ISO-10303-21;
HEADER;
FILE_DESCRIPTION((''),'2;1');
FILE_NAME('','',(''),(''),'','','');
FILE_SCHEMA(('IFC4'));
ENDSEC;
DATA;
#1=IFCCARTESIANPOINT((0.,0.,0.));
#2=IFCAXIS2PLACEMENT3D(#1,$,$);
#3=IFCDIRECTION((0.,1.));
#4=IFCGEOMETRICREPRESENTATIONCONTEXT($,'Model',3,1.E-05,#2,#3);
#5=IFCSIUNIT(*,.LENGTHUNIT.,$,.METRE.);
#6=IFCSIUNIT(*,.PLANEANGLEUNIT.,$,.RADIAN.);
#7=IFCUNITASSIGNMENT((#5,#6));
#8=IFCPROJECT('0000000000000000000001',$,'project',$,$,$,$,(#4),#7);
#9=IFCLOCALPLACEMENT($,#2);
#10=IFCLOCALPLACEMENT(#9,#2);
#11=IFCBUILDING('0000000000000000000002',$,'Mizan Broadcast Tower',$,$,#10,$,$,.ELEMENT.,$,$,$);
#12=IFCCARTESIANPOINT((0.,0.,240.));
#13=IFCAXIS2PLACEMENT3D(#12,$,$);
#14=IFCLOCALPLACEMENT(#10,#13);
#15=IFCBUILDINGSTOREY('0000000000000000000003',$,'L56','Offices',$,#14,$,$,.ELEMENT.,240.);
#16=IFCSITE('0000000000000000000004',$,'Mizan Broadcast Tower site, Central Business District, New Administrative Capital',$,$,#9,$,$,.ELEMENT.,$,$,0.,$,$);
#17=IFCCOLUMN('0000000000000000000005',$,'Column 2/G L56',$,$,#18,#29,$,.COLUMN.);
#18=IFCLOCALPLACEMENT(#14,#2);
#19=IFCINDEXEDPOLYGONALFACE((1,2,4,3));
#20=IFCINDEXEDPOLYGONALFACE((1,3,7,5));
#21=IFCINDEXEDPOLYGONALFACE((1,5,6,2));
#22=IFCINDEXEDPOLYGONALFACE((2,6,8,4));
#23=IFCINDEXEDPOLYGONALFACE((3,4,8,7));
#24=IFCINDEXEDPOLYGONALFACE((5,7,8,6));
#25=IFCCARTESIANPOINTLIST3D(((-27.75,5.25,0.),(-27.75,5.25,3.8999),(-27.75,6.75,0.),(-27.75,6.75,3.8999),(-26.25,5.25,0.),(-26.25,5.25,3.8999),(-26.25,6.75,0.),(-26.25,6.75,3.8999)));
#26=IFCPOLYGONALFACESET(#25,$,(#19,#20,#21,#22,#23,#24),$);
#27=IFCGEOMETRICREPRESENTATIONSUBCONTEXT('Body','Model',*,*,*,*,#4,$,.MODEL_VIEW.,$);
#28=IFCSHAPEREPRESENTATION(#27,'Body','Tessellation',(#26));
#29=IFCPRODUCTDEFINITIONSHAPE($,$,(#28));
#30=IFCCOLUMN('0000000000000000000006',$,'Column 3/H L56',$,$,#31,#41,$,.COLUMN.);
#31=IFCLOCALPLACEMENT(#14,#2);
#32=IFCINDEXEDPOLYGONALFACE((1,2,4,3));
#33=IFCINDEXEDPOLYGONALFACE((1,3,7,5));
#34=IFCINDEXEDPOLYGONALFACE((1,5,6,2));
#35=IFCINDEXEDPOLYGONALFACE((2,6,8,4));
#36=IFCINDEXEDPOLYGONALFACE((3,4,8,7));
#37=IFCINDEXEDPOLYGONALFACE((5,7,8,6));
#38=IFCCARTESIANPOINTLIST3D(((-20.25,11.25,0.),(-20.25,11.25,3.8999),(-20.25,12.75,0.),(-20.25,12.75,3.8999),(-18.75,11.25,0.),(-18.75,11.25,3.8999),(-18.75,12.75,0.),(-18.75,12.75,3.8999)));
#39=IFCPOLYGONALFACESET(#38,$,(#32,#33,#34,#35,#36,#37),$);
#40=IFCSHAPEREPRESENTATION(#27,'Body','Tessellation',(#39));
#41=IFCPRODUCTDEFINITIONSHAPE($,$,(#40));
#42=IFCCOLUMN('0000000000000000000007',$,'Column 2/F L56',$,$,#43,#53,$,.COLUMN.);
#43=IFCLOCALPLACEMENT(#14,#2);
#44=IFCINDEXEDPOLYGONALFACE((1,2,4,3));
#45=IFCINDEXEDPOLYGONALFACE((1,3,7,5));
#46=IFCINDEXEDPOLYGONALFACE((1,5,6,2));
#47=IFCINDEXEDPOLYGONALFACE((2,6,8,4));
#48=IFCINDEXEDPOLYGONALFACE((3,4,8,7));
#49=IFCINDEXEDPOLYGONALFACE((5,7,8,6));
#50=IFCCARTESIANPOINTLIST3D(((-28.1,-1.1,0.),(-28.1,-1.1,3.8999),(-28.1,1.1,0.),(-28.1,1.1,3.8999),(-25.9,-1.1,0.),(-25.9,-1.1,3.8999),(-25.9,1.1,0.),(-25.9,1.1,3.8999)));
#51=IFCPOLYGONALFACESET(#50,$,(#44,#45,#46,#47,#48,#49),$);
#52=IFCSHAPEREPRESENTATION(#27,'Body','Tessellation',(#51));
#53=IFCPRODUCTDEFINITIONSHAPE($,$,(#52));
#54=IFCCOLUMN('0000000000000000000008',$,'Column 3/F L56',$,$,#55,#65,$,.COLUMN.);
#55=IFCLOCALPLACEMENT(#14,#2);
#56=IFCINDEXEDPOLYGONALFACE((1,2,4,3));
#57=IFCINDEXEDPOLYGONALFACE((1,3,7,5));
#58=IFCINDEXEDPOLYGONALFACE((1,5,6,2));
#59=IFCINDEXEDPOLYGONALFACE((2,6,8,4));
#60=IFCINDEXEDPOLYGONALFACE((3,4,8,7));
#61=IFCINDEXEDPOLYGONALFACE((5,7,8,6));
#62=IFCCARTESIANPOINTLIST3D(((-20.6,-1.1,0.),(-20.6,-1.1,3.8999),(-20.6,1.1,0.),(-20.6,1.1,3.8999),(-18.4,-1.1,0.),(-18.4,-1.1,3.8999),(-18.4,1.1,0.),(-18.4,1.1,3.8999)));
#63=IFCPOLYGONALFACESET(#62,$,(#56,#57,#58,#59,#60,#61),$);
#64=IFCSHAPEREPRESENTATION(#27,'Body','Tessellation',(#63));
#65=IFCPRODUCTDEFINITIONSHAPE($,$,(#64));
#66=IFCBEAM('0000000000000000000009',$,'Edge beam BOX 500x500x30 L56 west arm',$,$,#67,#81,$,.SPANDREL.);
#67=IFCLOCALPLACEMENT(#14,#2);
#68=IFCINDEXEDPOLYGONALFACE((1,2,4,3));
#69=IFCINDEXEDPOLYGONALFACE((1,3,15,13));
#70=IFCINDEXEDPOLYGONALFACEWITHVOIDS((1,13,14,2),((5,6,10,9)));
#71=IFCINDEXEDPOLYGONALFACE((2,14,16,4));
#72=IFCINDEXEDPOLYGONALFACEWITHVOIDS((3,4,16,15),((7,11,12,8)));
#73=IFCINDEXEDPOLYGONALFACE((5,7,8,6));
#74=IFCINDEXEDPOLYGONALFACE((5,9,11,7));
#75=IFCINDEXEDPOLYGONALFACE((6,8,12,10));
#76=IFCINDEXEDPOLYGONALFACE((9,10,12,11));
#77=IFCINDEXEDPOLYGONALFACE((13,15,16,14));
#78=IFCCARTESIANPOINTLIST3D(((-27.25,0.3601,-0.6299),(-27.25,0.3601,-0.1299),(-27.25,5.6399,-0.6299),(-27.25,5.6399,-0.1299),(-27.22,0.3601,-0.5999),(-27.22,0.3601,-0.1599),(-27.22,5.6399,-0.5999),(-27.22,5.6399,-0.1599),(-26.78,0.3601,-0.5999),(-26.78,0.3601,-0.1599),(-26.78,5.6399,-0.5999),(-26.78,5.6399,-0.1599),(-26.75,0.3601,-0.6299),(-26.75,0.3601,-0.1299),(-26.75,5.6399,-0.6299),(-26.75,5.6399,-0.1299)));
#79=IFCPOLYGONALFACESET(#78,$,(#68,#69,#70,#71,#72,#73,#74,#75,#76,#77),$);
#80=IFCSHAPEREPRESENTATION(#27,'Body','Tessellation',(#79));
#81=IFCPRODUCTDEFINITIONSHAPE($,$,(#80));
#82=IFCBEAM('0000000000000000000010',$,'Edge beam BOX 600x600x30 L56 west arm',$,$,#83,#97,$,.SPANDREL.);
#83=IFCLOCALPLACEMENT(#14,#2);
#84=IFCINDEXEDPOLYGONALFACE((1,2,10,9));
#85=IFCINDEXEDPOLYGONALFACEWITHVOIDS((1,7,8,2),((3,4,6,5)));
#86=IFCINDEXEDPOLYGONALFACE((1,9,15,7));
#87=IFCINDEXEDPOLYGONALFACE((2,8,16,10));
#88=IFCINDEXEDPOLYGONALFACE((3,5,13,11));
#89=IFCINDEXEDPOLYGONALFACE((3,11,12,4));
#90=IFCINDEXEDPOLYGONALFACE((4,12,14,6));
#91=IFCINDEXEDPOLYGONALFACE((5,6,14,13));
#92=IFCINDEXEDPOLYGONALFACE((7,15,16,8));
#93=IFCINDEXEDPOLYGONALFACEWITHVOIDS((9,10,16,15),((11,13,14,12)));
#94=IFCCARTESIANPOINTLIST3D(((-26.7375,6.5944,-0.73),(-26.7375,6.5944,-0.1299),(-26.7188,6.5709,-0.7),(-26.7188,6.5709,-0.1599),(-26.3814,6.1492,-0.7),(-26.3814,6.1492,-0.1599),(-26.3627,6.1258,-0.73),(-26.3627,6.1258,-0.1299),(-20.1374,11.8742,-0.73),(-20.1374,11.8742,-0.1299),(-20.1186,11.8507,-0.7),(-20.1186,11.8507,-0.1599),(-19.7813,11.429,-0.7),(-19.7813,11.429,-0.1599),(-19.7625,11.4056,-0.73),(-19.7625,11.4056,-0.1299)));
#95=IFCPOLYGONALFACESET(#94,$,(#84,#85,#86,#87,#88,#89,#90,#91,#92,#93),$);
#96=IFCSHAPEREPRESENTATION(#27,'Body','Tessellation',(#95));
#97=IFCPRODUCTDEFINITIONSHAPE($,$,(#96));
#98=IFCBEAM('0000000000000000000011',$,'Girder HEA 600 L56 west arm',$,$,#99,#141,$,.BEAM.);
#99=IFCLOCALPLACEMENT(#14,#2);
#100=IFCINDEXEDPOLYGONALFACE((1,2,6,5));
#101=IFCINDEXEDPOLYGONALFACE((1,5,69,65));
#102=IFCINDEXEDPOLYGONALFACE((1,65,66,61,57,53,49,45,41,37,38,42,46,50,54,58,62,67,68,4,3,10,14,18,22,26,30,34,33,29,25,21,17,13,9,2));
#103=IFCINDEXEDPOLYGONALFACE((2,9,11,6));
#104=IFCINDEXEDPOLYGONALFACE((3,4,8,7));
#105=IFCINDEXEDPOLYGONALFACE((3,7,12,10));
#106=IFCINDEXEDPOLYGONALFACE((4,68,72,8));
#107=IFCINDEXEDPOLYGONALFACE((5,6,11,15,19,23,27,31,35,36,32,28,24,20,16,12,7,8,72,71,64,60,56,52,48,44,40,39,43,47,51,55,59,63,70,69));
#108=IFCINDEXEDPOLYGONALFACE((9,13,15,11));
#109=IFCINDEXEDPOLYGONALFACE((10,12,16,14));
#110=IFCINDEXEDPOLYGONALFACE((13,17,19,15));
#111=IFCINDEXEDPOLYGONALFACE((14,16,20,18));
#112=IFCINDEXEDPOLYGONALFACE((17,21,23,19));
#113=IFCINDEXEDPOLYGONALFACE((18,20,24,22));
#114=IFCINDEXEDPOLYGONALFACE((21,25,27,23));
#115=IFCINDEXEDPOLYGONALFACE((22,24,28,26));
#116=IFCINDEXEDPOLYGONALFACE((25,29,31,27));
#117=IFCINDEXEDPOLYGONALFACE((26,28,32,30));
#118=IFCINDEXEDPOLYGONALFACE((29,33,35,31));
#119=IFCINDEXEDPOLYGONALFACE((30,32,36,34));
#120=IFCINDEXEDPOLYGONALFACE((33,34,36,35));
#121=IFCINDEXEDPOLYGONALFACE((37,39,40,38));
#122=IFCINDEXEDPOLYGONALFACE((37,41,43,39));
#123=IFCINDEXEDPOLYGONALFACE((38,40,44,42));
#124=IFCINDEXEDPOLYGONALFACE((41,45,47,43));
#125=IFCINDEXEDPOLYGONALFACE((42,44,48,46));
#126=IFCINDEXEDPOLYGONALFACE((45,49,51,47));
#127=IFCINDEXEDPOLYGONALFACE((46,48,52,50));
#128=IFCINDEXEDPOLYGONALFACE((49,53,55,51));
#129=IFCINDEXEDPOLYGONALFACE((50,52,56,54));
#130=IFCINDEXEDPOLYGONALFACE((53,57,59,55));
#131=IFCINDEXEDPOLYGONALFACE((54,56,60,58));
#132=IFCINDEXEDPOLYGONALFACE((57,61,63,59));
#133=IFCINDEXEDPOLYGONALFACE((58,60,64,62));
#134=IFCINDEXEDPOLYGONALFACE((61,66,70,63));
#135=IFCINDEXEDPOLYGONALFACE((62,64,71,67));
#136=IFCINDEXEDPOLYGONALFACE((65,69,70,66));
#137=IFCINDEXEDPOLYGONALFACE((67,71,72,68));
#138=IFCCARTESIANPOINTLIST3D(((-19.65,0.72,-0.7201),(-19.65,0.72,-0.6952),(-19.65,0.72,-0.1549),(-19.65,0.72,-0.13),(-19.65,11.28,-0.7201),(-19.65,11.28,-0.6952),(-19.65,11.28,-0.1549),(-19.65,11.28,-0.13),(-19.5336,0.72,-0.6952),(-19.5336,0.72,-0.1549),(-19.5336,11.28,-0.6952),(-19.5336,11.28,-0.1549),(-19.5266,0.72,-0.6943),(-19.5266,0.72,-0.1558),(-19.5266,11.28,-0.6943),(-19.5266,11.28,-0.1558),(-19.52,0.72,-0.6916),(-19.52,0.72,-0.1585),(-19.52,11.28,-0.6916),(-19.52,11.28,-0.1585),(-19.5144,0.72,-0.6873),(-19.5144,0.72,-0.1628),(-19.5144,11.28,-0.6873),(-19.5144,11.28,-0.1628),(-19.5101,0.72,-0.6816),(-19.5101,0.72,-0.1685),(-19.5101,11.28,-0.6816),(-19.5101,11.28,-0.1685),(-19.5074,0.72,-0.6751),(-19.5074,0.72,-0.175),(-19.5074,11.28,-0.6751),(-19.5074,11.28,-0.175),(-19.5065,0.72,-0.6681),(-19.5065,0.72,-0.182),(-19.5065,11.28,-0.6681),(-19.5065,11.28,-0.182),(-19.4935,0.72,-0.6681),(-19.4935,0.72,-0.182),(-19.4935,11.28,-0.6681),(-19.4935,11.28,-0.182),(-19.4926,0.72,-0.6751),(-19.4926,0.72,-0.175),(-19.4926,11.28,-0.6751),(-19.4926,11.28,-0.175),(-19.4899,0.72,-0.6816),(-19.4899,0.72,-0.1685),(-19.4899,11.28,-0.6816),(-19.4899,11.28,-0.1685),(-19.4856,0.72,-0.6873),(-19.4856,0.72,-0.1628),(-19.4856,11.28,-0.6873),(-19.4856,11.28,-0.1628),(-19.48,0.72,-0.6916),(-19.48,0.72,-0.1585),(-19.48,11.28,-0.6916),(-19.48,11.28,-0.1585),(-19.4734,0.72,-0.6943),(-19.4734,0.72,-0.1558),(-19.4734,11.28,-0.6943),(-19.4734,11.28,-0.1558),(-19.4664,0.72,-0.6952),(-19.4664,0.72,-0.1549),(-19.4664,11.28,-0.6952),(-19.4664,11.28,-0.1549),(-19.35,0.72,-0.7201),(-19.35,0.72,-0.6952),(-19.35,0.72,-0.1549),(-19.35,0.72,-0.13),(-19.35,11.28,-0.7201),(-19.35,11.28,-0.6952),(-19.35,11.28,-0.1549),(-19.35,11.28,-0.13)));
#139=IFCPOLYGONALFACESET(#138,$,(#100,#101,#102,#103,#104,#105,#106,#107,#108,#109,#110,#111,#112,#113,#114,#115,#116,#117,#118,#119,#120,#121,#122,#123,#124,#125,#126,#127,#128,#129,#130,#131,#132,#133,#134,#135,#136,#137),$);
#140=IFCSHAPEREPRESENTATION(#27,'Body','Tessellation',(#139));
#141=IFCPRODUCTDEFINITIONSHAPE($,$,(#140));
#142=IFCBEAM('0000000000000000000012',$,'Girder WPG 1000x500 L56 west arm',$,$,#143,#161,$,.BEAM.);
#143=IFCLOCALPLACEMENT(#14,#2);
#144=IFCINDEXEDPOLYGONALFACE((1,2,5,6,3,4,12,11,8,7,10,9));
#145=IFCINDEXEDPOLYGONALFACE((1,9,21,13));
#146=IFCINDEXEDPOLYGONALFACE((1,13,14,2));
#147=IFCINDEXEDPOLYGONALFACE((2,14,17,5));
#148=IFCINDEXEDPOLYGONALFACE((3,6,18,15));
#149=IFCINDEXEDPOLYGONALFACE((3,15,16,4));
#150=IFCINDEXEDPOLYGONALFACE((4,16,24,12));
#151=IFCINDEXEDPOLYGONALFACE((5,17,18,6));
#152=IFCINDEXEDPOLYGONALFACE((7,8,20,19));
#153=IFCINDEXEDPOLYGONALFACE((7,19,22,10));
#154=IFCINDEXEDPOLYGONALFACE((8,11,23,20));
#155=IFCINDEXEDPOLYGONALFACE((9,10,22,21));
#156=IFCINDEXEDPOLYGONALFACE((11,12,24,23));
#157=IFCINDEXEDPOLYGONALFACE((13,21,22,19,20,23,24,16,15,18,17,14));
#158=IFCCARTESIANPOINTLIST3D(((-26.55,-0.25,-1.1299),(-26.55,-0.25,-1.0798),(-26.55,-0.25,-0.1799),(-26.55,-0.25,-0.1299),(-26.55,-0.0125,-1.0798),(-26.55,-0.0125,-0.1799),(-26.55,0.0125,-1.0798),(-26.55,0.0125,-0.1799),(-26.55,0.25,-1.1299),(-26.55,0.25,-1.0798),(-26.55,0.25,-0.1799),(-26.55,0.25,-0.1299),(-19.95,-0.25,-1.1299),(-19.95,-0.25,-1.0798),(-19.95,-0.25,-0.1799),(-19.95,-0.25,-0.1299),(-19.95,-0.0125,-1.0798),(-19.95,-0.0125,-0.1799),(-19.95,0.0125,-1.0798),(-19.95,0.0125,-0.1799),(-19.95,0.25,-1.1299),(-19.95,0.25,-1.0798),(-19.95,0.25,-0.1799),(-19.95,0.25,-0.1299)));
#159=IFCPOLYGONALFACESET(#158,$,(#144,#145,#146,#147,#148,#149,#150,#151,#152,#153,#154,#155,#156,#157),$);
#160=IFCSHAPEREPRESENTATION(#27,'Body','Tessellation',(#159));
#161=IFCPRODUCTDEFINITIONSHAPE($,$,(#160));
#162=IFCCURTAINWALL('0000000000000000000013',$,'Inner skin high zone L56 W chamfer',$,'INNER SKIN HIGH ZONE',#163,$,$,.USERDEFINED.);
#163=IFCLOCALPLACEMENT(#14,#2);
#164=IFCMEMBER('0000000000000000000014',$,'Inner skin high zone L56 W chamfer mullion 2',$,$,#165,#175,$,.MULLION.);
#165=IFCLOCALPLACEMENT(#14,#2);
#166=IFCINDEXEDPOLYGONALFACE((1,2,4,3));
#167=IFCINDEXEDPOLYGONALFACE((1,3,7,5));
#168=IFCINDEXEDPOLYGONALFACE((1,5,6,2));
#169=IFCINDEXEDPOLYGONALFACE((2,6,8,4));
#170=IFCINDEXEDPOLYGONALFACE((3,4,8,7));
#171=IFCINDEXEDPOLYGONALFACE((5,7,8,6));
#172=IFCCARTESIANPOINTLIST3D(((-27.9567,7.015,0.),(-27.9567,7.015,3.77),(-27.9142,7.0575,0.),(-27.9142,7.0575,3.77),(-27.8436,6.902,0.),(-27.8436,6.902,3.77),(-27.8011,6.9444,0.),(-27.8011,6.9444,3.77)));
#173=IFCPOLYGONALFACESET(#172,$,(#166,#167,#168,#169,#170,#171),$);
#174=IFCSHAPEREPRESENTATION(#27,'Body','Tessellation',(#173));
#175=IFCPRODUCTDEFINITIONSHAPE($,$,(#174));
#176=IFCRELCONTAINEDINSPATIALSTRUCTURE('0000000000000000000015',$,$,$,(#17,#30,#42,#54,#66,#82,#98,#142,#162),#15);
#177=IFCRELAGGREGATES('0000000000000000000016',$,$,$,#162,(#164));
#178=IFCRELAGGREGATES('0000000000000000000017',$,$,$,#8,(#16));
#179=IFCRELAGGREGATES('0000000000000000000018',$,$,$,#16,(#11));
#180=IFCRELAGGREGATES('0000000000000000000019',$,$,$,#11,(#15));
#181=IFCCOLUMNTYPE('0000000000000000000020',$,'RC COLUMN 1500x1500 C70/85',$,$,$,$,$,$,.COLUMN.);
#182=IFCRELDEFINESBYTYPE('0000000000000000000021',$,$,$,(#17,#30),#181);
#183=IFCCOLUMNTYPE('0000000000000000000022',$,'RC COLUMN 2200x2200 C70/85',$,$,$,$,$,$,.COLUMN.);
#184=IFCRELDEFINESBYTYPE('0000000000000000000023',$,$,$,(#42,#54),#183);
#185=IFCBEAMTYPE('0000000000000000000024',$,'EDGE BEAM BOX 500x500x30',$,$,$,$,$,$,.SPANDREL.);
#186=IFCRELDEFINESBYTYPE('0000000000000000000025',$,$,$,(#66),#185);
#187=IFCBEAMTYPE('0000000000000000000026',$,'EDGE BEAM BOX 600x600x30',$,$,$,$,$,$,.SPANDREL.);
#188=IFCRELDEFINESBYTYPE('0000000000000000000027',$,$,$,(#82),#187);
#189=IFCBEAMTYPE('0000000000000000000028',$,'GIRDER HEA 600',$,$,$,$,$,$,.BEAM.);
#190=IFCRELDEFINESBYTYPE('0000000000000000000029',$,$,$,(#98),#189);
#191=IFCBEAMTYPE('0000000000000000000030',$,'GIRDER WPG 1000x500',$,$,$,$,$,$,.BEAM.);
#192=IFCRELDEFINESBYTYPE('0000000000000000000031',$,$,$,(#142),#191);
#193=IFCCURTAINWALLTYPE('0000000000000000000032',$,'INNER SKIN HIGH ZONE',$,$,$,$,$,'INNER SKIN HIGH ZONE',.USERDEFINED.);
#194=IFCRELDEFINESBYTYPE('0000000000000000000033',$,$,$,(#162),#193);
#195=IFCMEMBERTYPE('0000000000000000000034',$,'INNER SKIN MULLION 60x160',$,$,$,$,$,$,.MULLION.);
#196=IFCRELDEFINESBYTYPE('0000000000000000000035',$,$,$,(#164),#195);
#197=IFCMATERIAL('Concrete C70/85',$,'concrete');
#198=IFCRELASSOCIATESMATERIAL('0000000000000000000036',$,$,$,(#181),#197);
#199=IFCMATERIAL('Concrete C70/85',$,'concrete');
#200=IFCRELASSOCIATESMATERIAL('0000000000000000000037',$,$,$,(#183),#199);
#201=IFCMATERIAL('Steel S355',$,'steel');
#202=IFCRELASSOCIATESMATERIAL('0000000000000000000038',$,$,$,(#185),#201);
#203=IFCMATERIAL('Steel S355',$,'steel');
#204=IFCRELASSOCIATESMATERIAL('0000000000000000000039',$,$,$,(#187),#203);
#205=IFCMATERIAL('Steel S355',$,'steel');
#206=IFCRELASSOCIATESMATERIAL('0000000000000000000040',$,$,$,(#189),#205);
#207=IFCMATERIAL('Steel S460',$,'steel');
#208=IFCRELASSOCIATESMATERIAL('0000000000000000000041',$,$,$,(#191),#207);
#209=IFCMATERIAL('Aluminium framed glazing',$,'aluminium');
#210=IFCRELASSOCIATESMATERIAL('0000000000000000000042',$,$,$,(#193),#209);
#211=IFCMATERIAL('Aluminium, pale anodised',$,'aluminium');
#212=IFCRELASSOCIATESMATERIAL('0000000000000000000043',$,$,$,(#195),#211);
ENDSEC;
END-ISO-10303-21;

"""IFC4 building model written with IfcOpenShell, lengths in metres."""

from ifc_helpers import new_model, si_unit, direction, frame, origin, origin_2d, place, context, subcontext, project, spatial, rectangle, hollow_rectangle, i_section, extrude, material, material_profile, profile_set, type_object, element, aggregate, save


model = new_model("IFC4")

# Units and contexts
model_context = context("Model", 3, precision=1e-05, world=origin(), true_north=direction((0.0, 1.0)))
body_context = subcontext(model_context, "Body", "Model", "MODEL_VIEW")
ifc_project = project(units=[si_unit("LENGTHUNIT", "METRE"), si_unit("PLANEANGLEUNIT", "RADIAN")], contexts=[model_context])

# Site, building, storey
site_placement = place(None, origin())
site = spatial("IfcSite", under=ifc_project, at=site_placement, Name="Mizan Broadcast Tower site, Central Business District, New Administrative Capital", CompositionType="ELEMENT", RefElevation=0.0)
building_placement = place(site_placement, origin())
building = spatial("IfcBuilding", under=site, at=building_placement, Name="Mizan Broadcast Tower", CompositionType="ELEMENT")
storey_placement = place(building_placement, frame((0.0, 0.0, 240.0)))
storey = spatial("IfcBuildingStorey", under=building, at=storey_placement, Name="L56", Description="Offices", CompositionType="ELEMENT", Elevation=240.0)

# Columns
ifc_material_1 = material(Name="Concrete C70/85", Category="concrete")
ifc_material_profile_1 = material_profile(ifc_material_1, rectangle(XDim=1.5, YDim=1.5, at=origin_2d()), Name="RC 1500x1500")
ifc_profile_set_1 = profile_set([ifc_material_profile_1], Name="Concrete C70/85")
column_type_1 = type_object("IfcColumnType", Name="RC COLUMN 1500x1500 C70/85", PredefinedType="COLUMN", material=ifc_profile_set_1)
for number, where, z_axis, x_axis, name in (
    (1, (-27.0, 6.0, 0.0), (0.0, 0.0, 1.0), (1.0, 0.0, 0.0), "Column 2/G L56"),
    (2, (-19.5, 12.0, 0.0), (0.0, 0.0, 1.0), (1.0, 0.0, 0.0), "Column 3/H L56"),
):
    element("IfcColumn", number, at=place(storey_placement, frame(where, z_axis=z_axis, x_axis=x_axis)), inside=storey, type_object=column_type_1, Name=name, PredefinedType="COLUMN", context=body_context, shape_type="SweptSolid", body=[
        extrude(rectangle(XDim=1.5, YDim=1.5, at=origin_2d()), origin(), (0.0, 0.0, 1.0), 3.8999),
    ])
ifc_material_2 = material(Name="Concrete C70/85", Category="concrete")
ifc_material_profile_2 = material_profile(ifc_material_2, rectangle(XDim=2.2, YDim=2.2, at=origin_2d()), Name="RC 2200x2200")
ifc_profile_set_2 = profile_set([ifc_material_profile_2], Name="Concrete C70/85")
column_type_2 = type_object("IfcColumnType", Name="RC COLUMN 2200x2200 C70/85", PredefinedType="COLUMN", material=ifc_profile_set_2)
for number, where, z_axis, x_axis, name in (
    (3, (-27.0, 0.0, 0.0), (0.0, 0.0, 1.0), (1.0, 0.0, 0.0), "Column 2/F L56"),
    (4, (-19.5, 0.0, 0.0), (0.0, 0.0, 1.0), (1.0, 0.0, 0.0), "Column 3/F L56"),
):
    element("IfcColumn", number, at=place(storey_placement, frame(where, z_axis=z_axis, x_axis=x_axis)), inside=storey, type_object=column_type_2, Name=name, PredefinedType="COLUMN", context=body_context, shape_type="SweptSolid", body=[
        extrude(rectangle(XDim=2.2, YDim=2.2, at=origin_2d()), origin(), (0.0, 0.0, 1.0), 3.8999),
    ])

# Beams
ifc_material_3 = material(Name="Steel S355", Category="steel")
ifc_material_profile_3 = material_profile(ifc_material_3, hollow_rectangle(XDim=0.5, YDim=0.5, WallThickness=0.03, at=origin_2d()), Name="BOX 500x500x30")
ifc_profile_set_3 = profile_set([ifc_material_profile_3], Name="Steel S355")
beam_type_1 = type_object("IfcBeamType", Name="EDGE BEAM BOX 500x500x30", PredefinedType="SPANDREL", material=ifc_profile_set_3)
beam_1_placement = place(storey_placement, frame((-27.0, 5.6399, -0.3799), z_axis=(0.0, -1.0, 0.0), x_axis=(1.0, 0.0, 0.0)))
element("IfcBeam", 5, at=beam_1_placement, inside=storey, type_object=beam_type_1, Name="Edge beam BOX 500x500x30 L56 west arm", PredefinedType="SPANDREL", context=body_context, shape_type="SweptSolid", body=[
    extrude(hollow_rectangle(XDim=0.5, YDim=0.5, WallThickness=0.03, at=origin_2d()), origin(), (0.0, 0.0, 1.0), 5.2798),
])
ifc_material_4 = material(Name="Steel S355", Category="steel")
ifc_material_profile_4 = material_profile(ifc_material_4, hollow_rectangle(XDim=0.6001, YDim=0.6001, WallThickness=0.03, at=origin_2d()), Name="BOX 600x600x30")
ifc_profile_set_4 = profile_set([ifc_material_profile_4], Name="Steel S355")
beam_type_2 = type_object("IfcBeamType", Name="EDGE BEAM BOX 600x600x30", PredefinedType="SPANDREL", material=ifc_profile_set_4)
beam_2_placement = place(storey_placement, frame((-19.95, 11.6399, -0.4299), z_axis=(-0.780886, -0.624674, 0.0), x_axis=(0.624674, -0.780886, 0.0)))
element("IfcBeam", 6, at=beam_2_placement, inside=storey, type_object=beam_type_2, Name="Edge beam BOX 600x600x30 L56 west arm", PredefinedType="SPANDREL", context=body_context, shape_type="SweptSolid", body=[
    extrude(hollow_rectangle(XDim=0.6001, YDim=0.6001, WallThickness=0.03, at=origin_2d()), origin(), (0.0, 0.0, 1.0), 8.4521),
])
ifc_material_5 = material(Name="Steel S355", Category="steel")
ifc_material_profile_5 = material_profile(ifc_material_5, i_section(OverallWidth=0.3, OverallDepth=0.5901, WebThickness=0.0129, FlangeThickness=0.0249, FilletRadius=0.0271, at=origin_2d()), Name="HEA 600")
ifc_profile_set_5 = profile_set([ifc_material_profile_5], Name="Steel S355")
beam_type_3 = type_object("IfcBeamType", Name="GIRDER HEA 600", PredefinedType="BEAM", material=ifc_profile_set_5)
beam_3_placement = place(storey_placement, frame((-19.5, 11.28, -0.425), z_axis=(0.0, -1.0, 0.0), x_axis=(1.0, 0.0, 0.0)))
element("IfcBeam", 7, at=beam_3_placement, inside=storey, type_object=beam_type_3, Name="Girder HEA 600 L56 west arm", PredefinedType="BEAM", context=body_context, shape_type="SweptSolid", body=[
    extrude(i_section(OverallWidth=0.3, OverallDepth=0.5901, WebThickness=0.0129, FlangeThickness=0.0249, FilletRadius=0.0271, at=origin_2d()), origin(), (0.0, 0.0, 1.0), 10.5601),
])
ifc_material_6 = material(Name="Steel S460", Category="steel")
ifc_material_profile_6 = material_profile(ifc_material_6, i_section(OverallWidth=0.5, OverallDepth=1.0, WebThickness=0.0249, FlangeThickness=0.05, at=origin_2d()), Name="WPG 1000x500")
ifc_profile_set_6 = profile_set([ifc_material_profile_6], Name="Steel S460")
beam_type_4 = type_object("IfcBeamType", Name="GIRDER WPG 1000x500", PredefinedType="BEAM", material=ifc_profile_set_6)
beam_4_placement = place(storey_placement, frame((-19.95, 0.0, -0.6299), z_axis=(-1.0, 0.0, 0.0), x_axis=(0.0, -1.0, 0.0)))
element("IfcBeam", 8, at=beam_4_placement, inside=storey, type_object=beam_type_4, Name="Girder WPG 1000x500 L56 west arm", PredefinedType="BEAM", context=body_context, shape_type="SweptSolid", body=[
    extrude(i_section(OverallWidth=0.5, OverallDepth=1.0, WebThickness=0.0249, FlangeThickness=0.05, at=origin_2d()), origin(), (0.0, 0.0, 1.0), 6.6001),
])

# Curtain wall, member
ifc_material_7 = material(Name="Aluminium framed glazing", Category="aluminium")
curtain_wall_type_1 = type_object("IfcCurtainWallType", Name="INNER SKIN HIGH ZONE", ElementType="INNER SKIN HIGH ZONE", PredefinedType="USERDEFINED", material=ifc_material_7)
curtain_wall_1_placement = place(storey_placement, origin())
curtain_wall_1 = element("IfcCurtainWall", 9, at=curtain_wall_1_placement, inside=storey, type_object=curtain_wall_type_1, Name="Inner skin high zone L56 W chamfer", ObjectType="INNER SKIN HIGH ZONE", PredefinedType="USERDEFINED")
ifc_material_8 = material(Name="Aluminium, pale anodised", Category="aluminium")
ifc_material_profile_7 = material_profile(ifc_material_8, rectangle(XDim=0.1599, YDim=0.0601, at=origin_2d()), Name="MULLION 160x60")
ifc_profile_set_7 = profile_set([ifc_material_profile_7], Name="Aluminium, pale anodised")
member_type_1 = type_object("IfcMemberType", Name="INNER SKIN MULLION 60x160", PredefinedType="MULLION", material=ifc_profile_set_7)
member_1_placement = place(storey_placement, frame((-27.8789, 6.9797, 0.0), z_axis=(0.0, 0.0, 1.0), x_axis=(0.707107, -0.707107, 0.0)))
member_1 = element("IfcMember", 10, at=member_1_placement, type_object=member_type_1, Name="Inner skin high zone L56 W chamfer mullion 2", PredefinedType="MULLION", context=body_context, shape_type="SweptSolid", body=[
    extrude(rectangle(XDim=0.1599, YDim=0.0601, at=origin_2d()), origin(), (0.0, 0.0, 1.0), 3.77),
])

aggregate(curtain_wall_1, [member_1])

save(model, "model.ifc")
